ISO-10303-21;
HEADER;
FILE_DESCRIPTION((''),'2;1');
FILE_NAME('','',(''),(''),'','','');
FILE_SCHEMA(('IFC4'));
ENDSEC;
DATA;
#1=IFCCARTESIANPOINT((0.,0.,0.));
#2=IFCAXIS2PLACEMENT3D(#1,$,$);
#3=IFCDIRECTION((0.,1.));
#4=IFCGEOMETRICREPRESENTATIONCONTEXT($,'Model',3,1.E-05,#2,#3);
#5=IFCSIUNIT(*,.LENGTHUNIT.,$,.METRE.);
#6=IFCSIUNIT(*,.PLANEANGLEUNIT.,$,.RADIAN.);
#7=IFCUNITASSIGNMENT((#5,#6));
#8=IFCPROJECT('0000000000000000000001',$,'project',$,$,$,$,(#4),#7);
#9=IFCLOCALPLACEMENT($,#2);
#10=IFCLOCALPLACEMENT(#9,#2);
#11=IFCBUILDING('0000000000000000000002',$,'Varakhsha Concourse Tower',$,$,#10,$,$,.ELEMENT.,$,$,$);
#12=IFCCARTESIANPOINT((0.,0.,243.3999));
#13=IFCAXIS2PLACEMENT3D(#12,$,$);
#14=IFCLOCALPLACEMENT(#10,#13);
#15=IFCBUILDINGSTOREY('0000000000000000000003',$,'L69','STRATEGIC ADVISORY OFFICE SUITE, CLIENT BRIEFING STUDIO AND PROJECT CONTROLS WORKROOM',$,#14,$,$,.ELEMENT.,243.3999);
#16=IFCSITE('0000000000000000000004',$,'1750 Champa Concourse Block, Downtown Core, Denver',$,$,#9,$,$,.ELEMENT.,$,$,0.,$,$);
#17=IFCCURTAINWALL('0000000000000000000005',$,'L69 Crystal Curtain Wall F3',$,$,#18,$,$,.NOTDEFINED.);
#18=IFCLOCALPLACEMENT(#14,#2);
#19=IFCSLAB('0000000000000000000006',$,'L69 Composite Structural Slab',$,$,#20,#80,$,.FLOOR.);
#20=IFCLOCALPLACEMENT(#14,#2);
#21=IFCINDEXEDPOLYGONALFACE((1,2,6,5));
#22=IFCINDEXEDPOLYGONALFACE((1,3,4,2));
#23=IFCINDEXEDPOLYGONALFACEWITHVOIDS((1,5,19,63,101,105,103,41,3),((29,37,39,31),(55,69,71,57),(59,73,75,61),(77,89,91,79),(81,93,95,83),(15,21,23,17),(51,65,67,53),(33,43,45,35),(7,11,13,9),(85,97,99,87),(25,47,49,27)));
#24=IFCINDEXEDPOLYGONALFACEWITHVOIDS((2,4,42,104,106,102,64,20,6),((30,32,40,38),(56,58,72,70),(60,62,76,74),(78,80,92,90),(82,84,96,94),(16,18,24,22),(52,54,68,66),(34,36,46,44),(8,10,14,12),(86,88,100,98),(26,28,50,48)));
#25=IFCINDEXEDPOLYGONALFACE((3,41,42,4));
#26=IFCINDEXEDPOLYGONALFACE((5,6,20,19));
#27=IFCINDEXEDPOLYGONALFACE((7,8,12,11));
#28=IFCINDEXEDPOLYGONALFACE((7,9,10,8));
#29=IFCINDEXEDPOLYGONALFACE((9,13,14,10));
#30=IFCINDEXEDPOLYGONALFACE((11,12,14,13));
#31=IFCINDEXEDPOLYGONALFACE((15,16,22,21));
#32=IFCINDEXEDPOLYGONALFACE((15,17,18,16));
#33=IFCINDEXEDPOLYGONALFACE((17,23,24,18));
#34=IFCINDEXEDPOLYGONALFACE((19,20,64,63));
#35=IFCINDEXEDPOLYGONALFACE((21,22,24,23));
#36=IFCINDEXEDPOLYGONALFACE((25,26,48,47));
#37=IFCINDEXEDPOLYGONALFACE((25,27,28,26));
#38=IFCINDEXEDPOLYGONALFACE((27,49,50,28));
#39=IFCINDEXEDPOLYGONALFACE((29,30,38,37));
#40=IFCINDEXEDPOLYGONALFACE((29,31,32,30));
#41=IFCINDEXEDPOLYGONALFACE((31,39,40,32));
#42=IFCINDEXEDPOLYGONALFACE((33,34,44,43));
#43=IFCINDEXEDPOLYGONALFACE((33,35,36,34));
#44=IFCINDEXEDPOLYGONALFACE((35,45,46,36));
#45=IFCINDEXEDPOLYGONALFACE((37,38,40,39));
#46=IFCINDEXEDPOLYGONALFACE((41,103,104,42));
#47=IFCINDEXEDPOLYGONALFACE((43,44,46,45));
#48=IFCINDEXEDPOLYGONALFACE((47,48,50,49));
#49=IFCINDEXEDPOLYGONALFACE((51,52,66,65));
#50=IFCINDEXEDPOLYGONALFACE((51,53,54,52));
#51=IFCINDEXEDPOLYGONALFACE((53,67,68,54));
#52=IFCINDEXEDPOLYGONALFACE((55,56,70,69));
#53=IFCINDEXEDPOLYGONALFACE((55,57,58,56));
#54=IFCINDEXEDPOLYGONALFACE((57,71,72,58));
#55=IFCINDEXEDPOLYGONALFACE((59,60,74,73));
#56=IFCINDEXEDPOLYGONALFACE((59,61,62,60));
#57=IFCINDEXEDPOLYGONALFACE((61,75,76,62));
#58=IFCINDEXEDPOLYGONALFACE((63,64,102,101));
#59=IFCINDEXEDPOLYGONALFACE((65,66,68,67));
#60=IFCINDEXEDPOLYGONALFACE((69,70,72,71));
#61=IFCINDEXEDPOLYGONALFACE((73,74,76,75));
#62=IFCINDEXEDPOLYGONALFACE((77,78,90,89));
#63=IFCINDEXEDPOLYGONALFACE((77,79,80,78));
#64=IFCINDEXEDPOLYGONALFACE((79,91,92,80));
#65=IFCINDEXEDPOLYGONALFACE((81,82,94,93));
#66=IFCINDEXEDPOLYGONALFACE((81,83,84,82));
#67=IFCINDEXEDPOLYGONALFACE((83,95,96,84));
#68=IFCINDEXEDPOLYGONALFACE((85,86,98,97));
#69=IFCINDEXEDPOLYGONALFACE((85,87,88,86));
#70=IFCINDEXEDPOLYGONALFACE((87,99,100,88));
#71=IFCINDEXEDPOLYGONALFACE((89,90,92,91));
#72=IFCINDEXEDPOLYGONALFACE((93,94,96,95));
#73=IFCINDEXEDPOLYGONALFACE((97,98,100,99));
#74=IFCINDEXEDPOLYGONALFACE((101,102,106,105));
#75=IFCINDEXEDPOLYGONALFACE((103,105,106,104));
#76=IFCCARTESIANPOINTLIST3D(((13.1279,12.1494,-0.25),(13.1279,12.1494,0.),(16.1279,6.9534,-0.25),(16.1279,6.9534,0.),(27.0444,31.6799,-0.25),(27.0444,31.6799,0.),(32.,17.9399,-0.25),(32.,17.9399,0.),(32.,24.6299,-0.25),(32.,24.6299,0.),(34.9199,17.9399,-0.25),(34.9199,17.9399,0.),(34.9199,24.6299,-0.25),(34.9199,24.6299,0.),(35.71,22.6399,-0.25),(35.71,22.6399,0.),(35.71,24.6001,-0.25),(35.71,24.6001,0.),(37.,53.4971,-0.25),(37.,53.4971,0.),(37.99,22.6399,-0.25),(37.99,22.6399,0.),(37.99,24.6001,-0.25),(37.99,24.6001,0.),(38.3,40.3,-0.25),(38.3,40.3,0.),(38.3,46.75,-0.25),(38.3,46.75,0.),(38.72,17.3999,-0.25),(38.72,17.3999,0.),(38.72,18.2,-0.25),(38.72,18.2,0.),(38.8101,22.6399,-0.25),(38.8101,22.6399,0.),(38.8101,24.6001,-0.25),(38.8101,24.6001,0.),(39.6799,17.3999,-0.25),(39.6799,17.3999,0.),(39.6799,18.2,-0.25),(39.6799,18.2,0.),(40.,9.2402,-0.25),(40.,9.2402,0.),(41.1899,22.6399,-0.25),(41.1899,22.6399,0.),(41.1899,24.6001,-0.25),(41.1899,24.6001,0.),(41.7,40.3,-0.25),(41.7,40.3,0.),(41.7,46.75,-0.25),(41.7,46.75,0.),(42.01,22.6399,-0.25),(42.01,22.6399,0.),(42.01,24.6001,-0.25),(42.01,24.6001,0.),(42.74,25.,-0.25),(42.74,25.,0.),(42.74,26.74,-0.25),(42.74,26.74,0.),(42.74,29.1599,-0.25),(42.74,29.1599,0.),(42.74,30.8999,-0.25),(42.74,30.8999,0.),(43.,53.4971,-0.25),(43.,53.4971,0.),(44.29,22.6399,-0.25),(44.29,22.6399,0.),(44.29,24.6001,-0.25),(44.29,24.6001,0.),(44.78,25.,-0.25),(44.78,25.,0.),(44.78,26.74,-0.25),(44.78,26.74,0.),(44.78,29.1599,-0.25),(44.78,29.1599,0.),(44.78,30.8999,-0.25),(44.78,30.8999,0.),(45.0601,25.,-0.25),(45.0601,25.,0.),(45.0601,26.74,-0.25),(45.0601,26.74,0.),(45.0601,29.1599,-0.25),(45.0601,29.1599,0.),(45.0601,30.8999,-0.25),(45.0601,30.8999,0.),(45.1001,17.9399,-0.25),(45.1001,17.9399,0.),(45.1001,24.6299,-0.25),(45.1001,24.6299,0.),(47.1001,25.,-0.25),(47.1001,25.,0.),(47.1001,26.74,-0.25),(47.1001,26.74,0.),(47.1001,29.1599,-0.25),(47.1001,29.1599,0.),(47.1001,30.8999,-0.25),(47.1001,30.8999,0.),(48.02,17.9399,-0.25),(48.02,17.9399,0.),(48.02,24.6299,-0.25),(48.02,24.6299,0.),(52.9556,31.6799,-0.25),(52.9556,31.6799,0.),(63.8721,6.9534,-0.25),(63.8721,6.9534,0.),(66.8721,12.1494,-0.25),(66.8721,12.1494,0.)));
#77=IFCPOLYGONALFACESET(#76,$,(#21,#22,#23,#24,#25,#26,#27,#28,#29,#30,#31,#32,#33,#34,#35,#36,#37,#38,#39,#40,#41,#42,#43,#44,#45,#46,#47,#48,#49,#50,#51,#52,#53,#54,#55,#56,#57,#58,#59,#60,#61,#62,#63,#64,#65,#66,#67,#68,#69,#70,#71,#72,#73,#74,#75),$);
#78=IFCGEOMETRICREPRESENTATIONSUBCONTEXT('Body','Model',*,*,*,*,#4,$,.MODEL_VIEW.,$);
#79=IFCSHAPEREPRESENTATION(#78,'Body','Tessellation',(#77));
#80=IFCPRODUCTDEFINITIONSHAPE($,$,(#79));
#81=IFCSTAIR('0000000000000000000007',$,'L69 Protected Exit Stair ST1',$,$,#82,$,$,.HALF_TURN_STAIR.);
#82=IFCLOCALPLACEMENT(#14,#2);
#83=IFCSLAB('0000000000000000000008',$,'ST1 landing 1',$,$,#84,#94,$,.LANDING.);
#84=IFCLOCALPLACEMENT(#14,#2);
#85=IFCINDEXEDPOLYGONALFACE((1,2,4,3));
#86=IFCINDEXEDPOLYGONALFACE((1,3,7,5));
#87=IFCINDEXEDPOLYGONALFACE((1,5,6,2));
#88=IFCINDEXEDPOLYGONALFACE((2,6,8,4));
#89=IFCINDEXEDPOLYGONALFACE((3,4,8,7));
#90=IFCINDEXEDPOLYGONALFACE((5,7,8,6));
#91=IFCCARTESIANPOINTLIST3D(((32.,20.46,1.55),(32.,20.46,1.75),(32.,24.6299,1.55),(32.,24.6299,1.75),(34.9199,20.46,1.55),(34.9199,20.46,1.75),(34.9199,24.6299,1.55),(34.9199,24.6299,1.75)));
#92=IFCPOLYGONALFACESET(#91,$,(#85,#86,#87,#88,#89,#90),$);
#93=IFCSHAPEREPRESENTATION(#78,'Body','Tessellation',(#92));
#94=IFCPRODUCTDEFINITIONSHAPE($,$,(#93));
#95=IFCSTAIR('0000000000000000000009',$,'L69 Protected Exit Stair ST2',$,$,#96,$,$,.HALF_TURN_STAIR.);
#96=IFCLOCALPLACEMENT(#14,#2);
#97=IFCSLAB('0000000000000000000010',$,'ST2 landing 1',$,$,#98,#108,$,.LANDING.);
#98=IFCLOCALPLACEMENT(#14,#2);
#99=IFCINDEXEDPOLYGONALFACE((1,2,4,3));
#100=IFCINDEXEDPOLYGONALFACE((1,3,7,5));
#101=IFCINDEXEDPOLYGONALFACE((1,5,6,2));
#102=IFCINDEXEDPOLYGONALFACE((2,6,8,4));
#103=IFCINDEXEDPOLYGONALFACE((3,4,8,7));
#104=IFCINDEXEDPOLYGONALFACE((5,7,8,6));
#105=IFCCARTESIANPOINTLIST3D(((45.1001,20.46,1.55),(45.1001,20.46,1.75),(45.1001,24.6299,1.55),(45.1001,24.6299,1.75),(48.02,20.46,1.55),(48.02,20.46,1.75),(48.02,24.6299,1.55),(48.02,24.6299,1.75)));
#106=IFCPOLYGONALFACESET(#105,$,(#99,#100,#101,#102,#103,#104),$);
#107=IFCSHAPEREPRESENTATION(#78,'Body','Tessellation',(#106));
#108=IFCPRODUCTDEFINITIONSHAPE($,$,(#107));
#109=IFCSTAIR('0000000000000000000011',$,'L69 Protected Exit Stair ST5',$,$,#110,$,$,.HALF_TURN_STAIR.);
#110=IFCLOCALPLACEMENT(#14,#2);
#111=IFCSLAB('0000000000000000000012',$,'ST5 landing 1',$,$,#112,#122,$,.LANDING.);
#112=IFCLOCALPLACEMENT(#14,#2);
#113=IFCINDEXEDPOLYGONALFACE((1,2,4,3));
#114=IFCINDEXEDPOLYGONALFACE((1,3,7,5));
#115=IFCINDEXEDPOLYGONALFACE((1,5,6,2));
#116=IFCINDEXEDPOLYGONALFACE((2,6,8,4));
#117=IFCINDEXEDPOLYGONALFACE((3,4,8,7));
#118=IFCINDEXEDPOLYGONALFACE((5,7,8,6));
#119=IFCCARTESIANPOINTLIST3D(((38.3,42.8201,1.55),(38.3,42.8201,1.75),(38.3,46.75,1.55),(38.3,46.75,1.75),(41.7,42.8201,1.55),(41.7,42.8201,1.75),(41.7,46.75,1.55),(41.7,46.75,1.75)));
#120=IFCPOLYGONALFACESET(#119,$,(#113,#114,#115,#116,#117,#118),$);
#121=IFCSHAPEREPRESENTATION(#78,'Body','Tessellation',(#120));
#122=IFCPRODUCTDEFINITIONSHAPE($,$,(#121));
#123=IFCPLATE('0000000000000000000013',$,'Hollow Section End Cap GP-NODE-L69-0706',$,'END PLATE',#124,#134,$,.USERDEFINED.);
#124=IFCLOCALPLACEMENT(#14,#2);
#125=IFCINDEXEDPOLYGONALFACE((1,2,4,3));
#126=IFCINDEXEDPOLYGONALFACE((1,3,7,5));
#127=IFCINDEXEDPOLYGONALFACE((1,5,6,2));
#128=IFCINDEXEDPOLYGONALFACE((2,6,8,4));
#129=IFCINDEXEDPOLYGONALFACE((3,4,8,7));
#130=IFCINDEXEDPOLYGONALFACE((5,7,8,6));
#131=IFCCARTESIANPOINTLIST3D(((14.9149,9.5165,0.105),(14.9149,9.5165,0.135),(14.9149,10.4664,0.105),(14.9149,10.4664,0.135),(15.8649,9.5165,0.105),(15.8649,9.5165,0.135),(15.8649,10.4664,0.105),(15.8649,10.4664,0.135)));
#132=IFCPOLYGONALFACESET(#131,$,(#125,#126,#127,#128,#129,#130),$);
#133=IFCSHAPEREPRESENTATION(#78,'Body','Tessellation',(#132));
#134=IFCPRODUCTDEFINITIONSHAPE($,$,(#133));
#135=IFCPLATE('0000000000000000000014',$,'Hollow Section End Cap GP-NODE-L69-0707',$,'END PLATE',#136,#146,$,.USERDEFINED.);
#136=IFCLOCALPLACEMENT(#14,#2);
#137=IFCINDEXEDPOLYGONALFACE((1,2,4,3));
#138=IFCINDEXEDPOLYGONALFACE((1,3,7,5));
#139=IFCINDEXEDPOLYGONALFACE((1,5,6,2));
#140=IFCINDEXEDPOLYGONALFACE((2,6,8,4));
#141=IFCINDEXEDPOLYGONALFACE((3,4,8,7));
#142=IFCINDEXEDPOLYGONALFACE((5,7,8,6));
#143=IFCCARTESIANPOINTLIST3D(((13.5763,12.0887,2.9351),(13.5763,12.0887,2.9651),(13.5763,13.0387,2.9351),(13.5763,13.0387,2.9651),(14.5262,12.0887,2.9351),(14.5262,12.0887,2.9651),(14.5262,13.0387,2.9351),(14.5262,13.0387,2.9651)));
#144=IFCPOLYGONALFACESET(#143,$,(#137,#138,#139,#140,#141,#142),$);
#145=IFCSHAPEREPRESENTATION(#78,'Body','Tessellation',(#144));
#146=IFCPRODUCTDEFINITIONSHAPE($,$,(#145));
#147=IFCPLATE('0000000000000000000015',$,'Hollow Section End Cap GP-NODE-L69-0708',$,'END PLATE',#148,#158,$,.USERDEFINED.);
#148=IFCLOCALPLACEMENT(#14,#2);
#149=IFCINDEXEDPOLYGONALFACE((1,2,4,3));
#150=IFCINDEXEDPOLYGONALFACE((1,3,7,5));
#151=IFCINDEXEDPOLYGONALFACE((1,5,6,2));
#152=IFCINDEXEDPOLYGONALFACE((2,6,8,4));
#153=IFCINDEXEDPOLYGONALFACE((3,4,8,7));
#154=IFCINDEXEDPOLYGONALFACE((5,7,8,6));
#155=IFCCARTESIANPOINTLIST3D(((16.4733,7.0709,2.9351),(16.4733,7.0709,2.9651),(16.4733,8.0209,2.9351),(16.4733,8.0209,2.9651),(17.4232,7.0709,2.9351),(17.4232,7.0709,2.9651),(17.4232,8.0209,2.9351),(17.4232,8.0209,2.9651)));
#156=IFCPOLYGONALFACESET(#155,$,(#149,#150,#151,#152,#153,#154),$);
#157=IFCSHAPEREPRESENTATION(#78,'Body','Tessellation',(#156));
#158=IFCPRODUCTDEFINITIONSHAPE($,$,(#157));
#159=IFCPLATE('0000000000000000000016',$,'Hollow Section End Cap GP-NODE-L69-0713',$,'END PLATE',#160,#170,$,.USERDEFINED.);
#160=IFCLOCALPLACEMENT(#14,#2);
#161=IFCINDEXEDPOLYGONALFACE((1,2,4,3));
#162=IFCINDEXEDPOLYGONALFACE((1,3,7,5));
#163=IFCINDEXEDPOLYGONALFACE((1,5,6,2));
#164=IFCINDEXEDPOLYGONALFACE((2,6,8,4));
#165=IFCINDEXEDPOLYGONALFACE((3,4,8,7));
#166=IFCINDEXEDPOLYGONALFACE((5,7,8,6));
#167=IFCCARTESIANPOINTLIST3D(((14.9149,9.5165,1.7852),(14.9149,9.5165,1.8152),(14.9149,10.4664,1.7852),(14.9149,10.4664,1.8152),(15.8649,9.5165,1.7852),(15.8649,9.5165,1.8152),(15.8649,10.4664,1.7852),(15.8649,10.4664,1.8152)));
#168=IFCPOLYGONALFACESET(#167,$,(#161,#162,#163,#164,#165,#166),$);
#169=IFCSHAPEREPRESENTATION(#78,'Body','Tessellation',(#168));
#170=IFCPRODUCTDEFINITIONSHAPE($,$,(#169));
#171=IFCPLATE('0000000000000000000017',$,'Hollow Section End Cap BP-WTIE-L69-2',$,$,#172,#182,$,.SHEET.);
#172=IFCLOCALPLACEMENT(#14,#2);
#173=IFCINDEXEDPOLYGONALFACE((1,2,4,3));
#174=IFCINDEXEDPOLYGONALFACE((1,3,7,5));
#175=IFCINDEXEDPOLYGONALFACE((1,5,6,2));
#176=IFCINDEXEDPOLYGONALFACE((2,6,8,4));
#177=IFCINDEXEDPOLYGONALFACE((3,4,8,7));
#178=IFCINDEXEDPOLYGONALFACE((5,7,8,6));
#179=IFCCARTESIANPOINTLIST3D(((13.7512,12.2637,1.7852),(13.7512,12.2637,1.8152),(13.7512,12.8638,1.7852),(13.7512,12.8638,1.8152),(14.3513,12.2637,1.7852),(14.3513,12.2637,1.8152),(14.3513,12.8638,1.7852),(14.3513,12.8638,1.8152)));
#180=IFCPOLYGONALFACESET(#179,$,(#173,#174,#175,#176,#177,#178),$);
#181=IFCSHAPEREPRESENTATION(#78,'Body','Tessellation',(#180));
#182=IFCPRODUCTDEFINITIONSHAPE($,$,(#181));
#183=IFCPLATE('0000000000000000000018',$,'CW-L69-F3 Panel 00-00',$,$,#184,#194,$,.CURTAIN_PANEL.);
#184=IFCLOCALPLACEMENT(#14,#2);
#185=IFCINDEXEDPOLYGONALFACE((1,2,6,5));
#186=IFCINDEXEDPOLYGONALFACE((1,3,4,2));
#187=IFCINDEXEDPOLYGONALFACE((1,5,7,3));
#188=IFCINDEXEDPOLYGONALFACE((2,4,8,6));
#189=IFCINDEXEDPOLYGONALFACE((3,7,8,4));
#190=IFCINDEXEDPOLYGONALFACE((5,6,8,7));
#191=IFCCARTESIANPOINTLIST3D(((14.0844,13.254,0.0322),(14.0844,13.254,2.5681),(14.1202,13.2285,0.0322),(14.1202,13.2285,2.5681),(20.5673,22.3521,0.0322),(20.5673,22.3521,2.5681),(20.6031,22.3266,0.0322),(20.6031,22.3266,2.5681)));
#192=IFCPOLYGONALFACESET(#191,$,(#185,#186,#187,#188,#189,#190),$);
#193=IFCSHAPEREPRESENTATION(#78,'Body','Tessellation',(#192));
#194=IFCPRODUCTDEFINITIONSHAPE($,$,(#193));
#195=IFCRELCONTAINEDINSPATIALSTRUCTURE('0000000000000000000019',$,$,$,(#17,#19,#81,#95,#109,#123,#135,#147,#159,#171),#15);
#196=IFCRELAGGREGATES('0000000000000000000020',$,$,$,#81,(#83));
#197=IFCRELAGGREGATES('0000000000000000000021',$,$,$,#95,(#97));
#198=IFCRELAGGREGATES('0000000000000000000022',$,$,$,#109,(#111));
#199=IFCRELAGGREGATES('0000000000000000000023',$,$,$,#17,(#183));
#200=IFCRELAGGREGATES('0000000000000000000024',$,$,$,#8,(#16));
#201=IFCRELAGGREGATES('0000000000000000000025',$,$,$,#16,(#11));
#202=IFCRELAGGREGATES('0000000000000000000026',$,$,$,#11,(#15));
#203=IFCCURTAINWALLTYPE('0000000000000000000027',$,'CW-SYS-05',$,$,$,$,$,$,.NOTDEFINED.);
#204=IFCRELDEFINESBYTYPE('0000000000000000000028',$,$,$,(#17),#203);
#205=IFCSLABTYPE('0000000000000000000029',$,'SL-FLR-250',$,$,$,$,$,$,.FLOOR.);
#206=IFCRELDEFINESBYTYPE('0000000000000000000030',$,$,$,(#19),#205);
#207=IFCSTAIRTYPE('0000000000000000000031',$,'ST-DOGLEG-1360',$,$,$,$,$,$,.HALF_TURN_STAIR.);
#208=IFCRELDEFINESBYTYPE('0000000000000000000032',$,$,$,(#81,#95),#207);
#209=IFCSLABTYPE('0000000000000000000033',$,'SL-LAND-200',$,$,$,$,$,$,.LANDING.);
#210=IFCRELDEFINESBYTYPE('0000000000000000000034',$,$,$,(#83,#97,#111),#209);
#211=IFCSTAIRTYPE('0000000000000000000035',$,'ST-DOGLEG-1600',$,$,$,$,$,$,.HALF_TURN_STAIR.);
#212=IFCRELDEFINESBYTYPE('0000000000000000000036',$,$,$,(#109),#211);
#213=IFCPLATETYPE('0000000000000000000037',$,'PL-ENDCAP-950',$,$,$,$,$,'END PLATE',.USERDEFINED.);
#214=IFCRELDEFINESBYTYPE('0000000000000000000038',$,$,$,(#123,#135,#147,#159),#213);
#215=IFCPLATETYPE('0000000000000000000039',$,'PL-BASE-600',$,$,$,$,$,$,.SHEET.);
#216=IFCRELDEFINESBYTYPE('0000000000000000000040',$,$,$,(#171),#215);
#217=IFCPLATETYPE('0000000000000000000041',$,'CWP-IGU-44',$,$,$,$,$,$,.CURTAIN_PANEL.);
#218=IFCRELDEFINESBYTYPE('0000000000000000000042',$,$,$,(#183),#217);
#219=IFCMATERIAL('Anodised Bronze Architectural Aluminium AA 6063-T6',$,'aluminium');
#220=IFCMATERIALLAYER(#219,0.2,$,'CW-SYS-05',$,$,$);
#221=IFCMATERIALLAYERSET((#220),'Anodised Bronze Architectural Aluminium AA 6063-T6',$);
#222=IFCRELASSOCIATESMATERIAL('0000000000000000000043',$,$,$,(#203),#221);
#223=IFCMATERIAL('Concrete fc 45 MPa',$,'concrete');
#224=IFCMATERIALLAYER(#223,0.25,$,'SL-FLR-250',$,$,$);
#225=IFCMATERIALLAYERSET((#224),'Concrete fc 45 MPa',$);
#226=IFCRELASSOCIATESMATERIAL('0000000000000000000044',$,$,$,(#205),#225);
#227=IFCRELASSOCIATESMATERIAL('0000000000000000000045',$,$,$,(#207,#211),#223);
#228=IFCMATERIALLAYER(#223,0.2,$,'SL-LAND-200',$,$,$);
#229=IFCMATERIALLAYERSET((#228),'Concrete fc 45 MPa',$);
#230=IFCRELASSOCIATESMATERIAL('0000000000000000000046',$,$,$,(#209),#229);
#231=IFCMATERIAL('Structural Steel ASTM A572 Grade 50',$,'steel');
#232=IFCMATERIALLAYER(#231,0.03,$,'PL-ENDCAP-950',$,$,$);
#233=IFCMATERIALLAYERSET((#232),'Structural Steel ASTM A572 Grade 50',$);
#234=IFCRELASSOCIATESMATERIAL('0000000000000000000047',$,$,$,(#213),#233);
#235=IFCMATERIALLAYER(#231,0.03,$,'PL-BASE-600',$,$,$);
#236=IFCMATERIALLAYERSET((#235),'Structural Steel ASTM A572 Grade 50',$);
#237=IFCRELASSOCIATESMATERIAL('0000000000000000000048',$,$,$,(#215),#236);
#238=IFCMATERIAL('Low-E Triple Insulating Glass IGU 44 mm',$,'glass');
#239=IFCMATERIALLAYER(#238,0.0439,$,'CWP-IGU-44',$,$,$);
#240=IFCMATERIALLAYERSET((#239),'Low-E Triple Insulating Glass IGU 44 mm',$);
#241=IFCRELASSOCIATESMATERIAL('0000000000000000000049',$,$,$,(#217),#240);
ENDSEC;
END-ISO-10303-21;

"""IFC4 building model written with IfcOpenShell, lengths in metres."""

from ifc_helpers import new_model, si_unit, direction, frame, origin, origin_2d, place, context, subcontext, project, spatial, polyline, rectangle, outline, extrude, source, transform, mapped, material, layer, layer_set, type_object, type_shapes, element, aggregate, save


model = new_model("IFC4")

# Units and contexts
model_context = context("Model", 3, precision=1e-05, world=origin(), true_north=direction((0.0, 1.0)))
body_context = subcontext(model_context, "Body", "Model", "MODEL_VIEW")
ifc_project = project(units=[si_unit("LENGTHUNIT", "METRE"), si_unit("PLANEANGLEUNIT", "RADIAN")], contexts=[model_context])

# Site, building, storey
site_placement = place(None, origin())
site = spatial("IfcSite", under=ifc_project, at=site_placement, Name="1750 Champa Concourse Block, Downtown Core, Denver", CompositionType="ELEMENT", RefElevation=0.0)
building_placement = place(site_placement, origin())
building = spatial("IfcBuilding", under=site, at=building_placement, Name="Varakhsha Concourse Tower", CompositionType="ELEMENT")
storey_placement = place(building_placement, frame((0.0, 0.0, 243.3999)))
storey = spatial("IfcBuildingStorey", under=building, at=storey_placement, Name="L69", Description="STRATEGIC ADVISORY OFFICE SUITE, CLIENT BRIEFING STUDIO AND PROJECT CONTROLS WORKROOM", CompositionType="ELEMENT", Elevation=243.3999)

# Shared definitions
ifc_material_1 = material(Name="Structural Steel ASTM A572 Grade 50", Category="steel")

# Curtain wall
ifc_material_2 = material(Name="Anodised Bronze Architectural Aluminium AA 6063-T6", Category="aluminium")
ifc_layer_1 = layer(ifc_material_2, 0.2, Name="CW-SYS-05")
ifc_layer_set_1 = layer_set([ifc_layer_1], Name="Anodised Bronze Architectural Aluminium AA 6063-T6")
curtain_wall_type = type_object("IfcCurtainWallType", Name="CW-SYS-05", PredefinedType="NOTDEFINED", material=ifc_layer_set_1)
curtain_wall_1_placement = place(storey_placement, origin())
curtain_wall_1 = element("IfcCurtainWall", 1, at=curtain_wall_1_placement, inside=storey, type_object=curtain_wall_type, Name="L69 Crystal Curtain Wall F3", PredefinedType="NOTDEFINED")

# Slab
ifc_material_3 = material(Name="Concrete fc 45 MPa", Category="concrete")
ifc_layer_2 = layer(ifc_material_3, 0.25, Name="SL-FLR-250")
ifc_layer_set_2 = layer_set([ifc_layer_2], Name="Concrete fc 45 MPa")
slab_type_1 = type_object("IfcSlabType", Name="SL-FLR-250", PredefinedType="FLOOR", material=ifc_layer_set_2)
slab_1_placement = place(storey_placement, frame((0.0, 0.0, -0.25)))
element("IfcSlab", 2, at=slab_1_placement, inside=storey, type_object=slab_type_1, Name="L69 Composite Structural Slab", PredefinedType="FLOOR", context=body_context, shape_type="SweptSolid", body=[
    extrude(outline(polyline([(43.0, 53.4971), (37.0, 53.4971), (27.0444, 31.6799), (13.1279, 12.1494), (16.1279, 6.9534), (40.0, 9.2402), (63.8721, 6.9534), (66.8721, 12.1494), (52.9556, 31.6799), (43.0, 53.4971)]), holes=[polyline([(34.9199, 17.9399), (34.9199, 24.6299), (32.0, 24.6299), (32.0, 17.9399), (34.9199, 17.9399)]), polyline([(48.02, 17.9399), (48.02, 24.6299), (45.1001, 24.6299), (45.1001, 17.9399), (48.02, 17.9399)]), polyline([(41.7, 40.3), (41.7, 46.75), (38.3, 46.75), (38.3, 40.3), (41.7, 40.3)]), polyline([(42.74, 29.1599), (44.78, 29.1599), (44.78, 30.8999), (42.74, 30.8999), (42.74, 29.1599)]), polyline([(45.0601, 29.1599), (47.1001, 29.1599), (47.1001, 30.8999), (45.0601, 30.8999), (45.0601, 29.1599)]), polyline([(42.74, 25.0), (44.78, 25.0), (44.78, 26.74), (42.74, 26.74), (42.74, 25.0)]), polyline([(45.0601, 25.0), (47.1001, 25.0), (47.1001, 26.74), (45.0601, 26.74), (45.0601, 25.0)]), polyline([(35.71, 22.6399), (37.99, 22.6399), (37.99, 24.6001), (35.71, 24.6001), (35.71, 22.6399)]), polyline([(42.01, 22.6399), (44.29, 22.6399), (44.29, 24.6001), (42.01, 24.6001), (42.01, 22.6399)]), polyline([(38.8101, 22.6399), (41.1899, 22.6399), (41.1899, 24.6001), (38.8101, 24.6001), (38.8101, 22.6399)]), polyline([(38.72, 17.3999), (39.6799, 17.3999), (39.6799, 18.2), (38.72, 18.2), (38.72, 17.3999)])]), origin(), (0.0, 0.0, 1.0), 0.25),
])

# Stairs, slabs
stair_type_1 = type_object("IfcStairType", Name="ST-DOGLEG-1360", PredefinedType="HALF_TURN_STAIR", material=ifc_material_3)
stair_1_placement = place(storey_placement, origin())
stair_1 = element("IfcStair", 3, at=stair_1_placement, inside=storey, type_object=stair_type_1, Name="L69 Protected Exit Stair ST1", PredefinedType="HALF_TURN_STAIR")
ifc_layer_3 = layer(ifc_material_3, 0.2, Name="SL-LAND-200")
ifc_layer_set_3 = layer_set([ifc_layer_3], Name="Concrete fc 45 MPa")
slab_type_2 = type_object("IfcSlabType", Name="SL-LAND-200", PredefinedType="LANDING", material=ifc_layer_set_3)
slab_2_placement = place(storey_placement, frame((0.0, 0.0, 1.55)))
slab_2 = element("IfcSlab", 4, at=slab_2_placement, type_object=slab_type_2, Name="ST1 landing 1", PredefinedType="LANDING", context=body_context, shape_type="SweptSolid", body=[
    extrude(outline(polyline([(34.9199, 20.46), (34.9199, 24.6299), (32.0, 24.6299), (32.0, 20.46), (34.9199, 20.46)])), origin(), (0.0, 0.0, 1.0), 0.2),
])
aggregate(stair_1, [slab_2])
stair_2_placement = place(storey_placement, origin())
stair_2 = element("IfcStair", 5, at=stair_2_placement, inside=storey, type_object=stair_type_1, Name="L69 Protected Exit Stair ST2", PredefinedType="HALF_TURN_STAIR")
slab_3_placement = place(storey_placement, frame((0.0, 0.0, 1.55)))
slab_3 = element("IfcSlab", 6, at=slab_3_placement, type_object=slab_type_2, Name="ST2 landing 1", PredefinedType="LANDING", context=body_context, shape_type="SweptSolid", body=[
    extrude(outline(polyline([(48.02, 20.46), (48.02, 24.6299), (45.1001, 24.6299), (45.1001, 20.46), (48.02, 20.46)])), origin(), (0.0, 0.0, 1.0), 0.2),
])
aggregate(stair_2, [slab_3])
stair_type_2 = type_object("IfcStairType", Name="ST-DOGLEG-1600", PredefinedType="HALF_TURN_STAIR", material=ifc_material_3)
stair_3_placement = place(storey_placement, origin())
stair_3 = element("IfcStair", 7, at=stair_3_placement, inside=storey, type_object=stair_type_2, Name="L69 Protected Exit Stair ST5", PredefinedType="HALF_TURN_STAIR")
slab_4_placement = place(storey_placement, frame((0.0, 0.0, 1.55)))
slab_4 = element("IfcSlab", 8, at=slab_4_placement, type_object=slab_type_2, Name="ST5 landing 1", PredefinedType="LANDING", context=body_context, shape_type="SweptSolid", body=[
    extrude(outline(polyline([(41.7, 42.8201), (41.7, 46.75), (38.3, 46.75), (38.3, 42.8201), (41.7, 42.8201)])), origin(), (0.0, 0.0, 1.0), 0.2),
])
aggregate(stair_3, [slab_4])

# Plates
ifc_layer_4 = layer(ifc_material_1, 0.03, Name="PL-ENDCAP-950")
ifc_layer_set_4 = layer_set([ifc_layer_4], Name="Structural Steel ASTM A572 Grade 50")
plate_type_1 = type_object("IfcPlateType", Name="PL-ENDCAP-950", ElementType="END PLATE", PredefinedType="USERDEFINED", material=ifc_layer_set_4)
shared_shape_1 = source(origin(), body_context, "Body", "SweptSolid", [
    extrude(rectangle(XDim=0.95, YDim=0.95, at=origin_2d()), origin(), (0.0, 0.0, 1.0), 0.03),
])
type_shapes(plate_type_1, [shared_shape_1])
for number, where, z_axis, x_axis, name in (
    (9, (15.3899, 9.9915, 0.105), (0.0, 0.0, 1.0), (1.0, 0.0, 0.0), "Hollow Section End Cap GP-NODE-L69-0706"),
    (10, (14.0513, 12.5637, 2.9351), (0.0, 0.0, 1.0), (1.0, 0.0, 0.0), "Hollow Section End Cap GP-NODE-L69-0707"),
    (11, (16.9482, 7.5459, 2.9351), (0.0, 0.0, 1.0), (1.0, 0.0, 0.0), "Hollow Section End Cap GP-NODE-L69-0708"),
    (12, (15.3899, 9.9915, 1.7852), (0.0, 0.0, 1.0), (1.0, 0.0, 0.0), "Hollow Section End Cap GP-NODE-L69-0713"),
):
    element("IfcPlate", number, at=place(storey_placement, frame(where, z_axis=z_axis, x_axis=x_axis)), inside=storey, type_object=plate_type_1, Name=name, ObjectType="END PLATE", PredefinedType="USERDEFINED", context=body_context, shape_type="MappedRepresentation", body=[
        mapped(shared_shape_1, transform((0.0, 0.0, 0.0), scale=1.0)),
    ])
ifc_layer_5 = layer(ifc_material_1, 0.03, Name="PL-BASE-600")
ifc_layer_set_5 = layer_set([ifc_layer_5], Name="Structural Steel ASTM A572 Grade 50")
plate_type_2 = type_object("IfcPlateType", Name="PL-BASE-600", PredefinedType="SHEET", material=ifc_layer_set_5)
shared_shape_2 = source(origin(), body_context, "Body", "SweptSolid", [
    extrude(rectangle(XDim=0.6001, YDim=0.6001, at=origin_2d()), origin(), (0.0, 0.0, 1.0), 0.03),
])
type_shapes(plate_type_2, [shared_shape_2])
plate_1_placement = place(storey_placement, frame((14.0513, 12.5637, 1.7852), z_axis=(0.0, 0.0, 1.0), x_axis=(1.0, 0.0, 0.0)))
element("IfcPlate", 13, at=plate_1_placement, inside=storey, type_object=plate_type_2, Name="Hollow Section End Cap BP-WTIE-L69-2", PredefinedType="SHEET", context=body_context, shape_type="MappedRepresentation", body=[
    mapped(shared_shape_2, transform((0.0, 0.0, 0.0), scale=1.0)),
])

# Plate
ifc_material_4 = material(Name="Low-E Triple Insulating Glass IGU 44 mm", Category="glass")
ifc_layer_6 = layer(ifc_material_4, 0.0439, Name="CWP-IGU-44")
ifc_layer_set_6 = layer_set([ifc_layer_6], Name="Low-E Triple Insulating Glass IGU 44 mm")
plate_type_3 = type_object("IfcPlateType", Name="CWP-IGU-44", PredefinedType="CURTAIN_PANEL", material=ifc_layer_set_6)
shared_shape_3 = source(origin(), body_context, "Body", "SweptSolid", [
    extrude(rectangle(XDim=11.1716, YDim=0.0439, at=origin_2d()), origin(), (0.0, 0.0, 1.0), 2.5359),
])
type_shapes(plate_type_3, [shared_shape_3])
plate_2_placement = place(storey_placement, frame((17.3438, 17.7903, 0.0322), z_axis=(0.0, 0.0, 1.0), x_axis=(0.580306, 0.814398, 0.0)))
plate_2 = element("IfcPlate", 14, at=plate_2_placement, type_object=plate_type_3, Name="CW-L69-F3 Panel 00-00", PredefinedType="CURTAIN_PANEL", context=body_context, shape_type="MappedRepresentation", body=[
    mapped(shared_shape_3, transform((0.0, 0.0, 0.0), scale=1.0)),
])
aggregate(curtain_wall_1, [plate_2])

save(model, "model.ifc")
